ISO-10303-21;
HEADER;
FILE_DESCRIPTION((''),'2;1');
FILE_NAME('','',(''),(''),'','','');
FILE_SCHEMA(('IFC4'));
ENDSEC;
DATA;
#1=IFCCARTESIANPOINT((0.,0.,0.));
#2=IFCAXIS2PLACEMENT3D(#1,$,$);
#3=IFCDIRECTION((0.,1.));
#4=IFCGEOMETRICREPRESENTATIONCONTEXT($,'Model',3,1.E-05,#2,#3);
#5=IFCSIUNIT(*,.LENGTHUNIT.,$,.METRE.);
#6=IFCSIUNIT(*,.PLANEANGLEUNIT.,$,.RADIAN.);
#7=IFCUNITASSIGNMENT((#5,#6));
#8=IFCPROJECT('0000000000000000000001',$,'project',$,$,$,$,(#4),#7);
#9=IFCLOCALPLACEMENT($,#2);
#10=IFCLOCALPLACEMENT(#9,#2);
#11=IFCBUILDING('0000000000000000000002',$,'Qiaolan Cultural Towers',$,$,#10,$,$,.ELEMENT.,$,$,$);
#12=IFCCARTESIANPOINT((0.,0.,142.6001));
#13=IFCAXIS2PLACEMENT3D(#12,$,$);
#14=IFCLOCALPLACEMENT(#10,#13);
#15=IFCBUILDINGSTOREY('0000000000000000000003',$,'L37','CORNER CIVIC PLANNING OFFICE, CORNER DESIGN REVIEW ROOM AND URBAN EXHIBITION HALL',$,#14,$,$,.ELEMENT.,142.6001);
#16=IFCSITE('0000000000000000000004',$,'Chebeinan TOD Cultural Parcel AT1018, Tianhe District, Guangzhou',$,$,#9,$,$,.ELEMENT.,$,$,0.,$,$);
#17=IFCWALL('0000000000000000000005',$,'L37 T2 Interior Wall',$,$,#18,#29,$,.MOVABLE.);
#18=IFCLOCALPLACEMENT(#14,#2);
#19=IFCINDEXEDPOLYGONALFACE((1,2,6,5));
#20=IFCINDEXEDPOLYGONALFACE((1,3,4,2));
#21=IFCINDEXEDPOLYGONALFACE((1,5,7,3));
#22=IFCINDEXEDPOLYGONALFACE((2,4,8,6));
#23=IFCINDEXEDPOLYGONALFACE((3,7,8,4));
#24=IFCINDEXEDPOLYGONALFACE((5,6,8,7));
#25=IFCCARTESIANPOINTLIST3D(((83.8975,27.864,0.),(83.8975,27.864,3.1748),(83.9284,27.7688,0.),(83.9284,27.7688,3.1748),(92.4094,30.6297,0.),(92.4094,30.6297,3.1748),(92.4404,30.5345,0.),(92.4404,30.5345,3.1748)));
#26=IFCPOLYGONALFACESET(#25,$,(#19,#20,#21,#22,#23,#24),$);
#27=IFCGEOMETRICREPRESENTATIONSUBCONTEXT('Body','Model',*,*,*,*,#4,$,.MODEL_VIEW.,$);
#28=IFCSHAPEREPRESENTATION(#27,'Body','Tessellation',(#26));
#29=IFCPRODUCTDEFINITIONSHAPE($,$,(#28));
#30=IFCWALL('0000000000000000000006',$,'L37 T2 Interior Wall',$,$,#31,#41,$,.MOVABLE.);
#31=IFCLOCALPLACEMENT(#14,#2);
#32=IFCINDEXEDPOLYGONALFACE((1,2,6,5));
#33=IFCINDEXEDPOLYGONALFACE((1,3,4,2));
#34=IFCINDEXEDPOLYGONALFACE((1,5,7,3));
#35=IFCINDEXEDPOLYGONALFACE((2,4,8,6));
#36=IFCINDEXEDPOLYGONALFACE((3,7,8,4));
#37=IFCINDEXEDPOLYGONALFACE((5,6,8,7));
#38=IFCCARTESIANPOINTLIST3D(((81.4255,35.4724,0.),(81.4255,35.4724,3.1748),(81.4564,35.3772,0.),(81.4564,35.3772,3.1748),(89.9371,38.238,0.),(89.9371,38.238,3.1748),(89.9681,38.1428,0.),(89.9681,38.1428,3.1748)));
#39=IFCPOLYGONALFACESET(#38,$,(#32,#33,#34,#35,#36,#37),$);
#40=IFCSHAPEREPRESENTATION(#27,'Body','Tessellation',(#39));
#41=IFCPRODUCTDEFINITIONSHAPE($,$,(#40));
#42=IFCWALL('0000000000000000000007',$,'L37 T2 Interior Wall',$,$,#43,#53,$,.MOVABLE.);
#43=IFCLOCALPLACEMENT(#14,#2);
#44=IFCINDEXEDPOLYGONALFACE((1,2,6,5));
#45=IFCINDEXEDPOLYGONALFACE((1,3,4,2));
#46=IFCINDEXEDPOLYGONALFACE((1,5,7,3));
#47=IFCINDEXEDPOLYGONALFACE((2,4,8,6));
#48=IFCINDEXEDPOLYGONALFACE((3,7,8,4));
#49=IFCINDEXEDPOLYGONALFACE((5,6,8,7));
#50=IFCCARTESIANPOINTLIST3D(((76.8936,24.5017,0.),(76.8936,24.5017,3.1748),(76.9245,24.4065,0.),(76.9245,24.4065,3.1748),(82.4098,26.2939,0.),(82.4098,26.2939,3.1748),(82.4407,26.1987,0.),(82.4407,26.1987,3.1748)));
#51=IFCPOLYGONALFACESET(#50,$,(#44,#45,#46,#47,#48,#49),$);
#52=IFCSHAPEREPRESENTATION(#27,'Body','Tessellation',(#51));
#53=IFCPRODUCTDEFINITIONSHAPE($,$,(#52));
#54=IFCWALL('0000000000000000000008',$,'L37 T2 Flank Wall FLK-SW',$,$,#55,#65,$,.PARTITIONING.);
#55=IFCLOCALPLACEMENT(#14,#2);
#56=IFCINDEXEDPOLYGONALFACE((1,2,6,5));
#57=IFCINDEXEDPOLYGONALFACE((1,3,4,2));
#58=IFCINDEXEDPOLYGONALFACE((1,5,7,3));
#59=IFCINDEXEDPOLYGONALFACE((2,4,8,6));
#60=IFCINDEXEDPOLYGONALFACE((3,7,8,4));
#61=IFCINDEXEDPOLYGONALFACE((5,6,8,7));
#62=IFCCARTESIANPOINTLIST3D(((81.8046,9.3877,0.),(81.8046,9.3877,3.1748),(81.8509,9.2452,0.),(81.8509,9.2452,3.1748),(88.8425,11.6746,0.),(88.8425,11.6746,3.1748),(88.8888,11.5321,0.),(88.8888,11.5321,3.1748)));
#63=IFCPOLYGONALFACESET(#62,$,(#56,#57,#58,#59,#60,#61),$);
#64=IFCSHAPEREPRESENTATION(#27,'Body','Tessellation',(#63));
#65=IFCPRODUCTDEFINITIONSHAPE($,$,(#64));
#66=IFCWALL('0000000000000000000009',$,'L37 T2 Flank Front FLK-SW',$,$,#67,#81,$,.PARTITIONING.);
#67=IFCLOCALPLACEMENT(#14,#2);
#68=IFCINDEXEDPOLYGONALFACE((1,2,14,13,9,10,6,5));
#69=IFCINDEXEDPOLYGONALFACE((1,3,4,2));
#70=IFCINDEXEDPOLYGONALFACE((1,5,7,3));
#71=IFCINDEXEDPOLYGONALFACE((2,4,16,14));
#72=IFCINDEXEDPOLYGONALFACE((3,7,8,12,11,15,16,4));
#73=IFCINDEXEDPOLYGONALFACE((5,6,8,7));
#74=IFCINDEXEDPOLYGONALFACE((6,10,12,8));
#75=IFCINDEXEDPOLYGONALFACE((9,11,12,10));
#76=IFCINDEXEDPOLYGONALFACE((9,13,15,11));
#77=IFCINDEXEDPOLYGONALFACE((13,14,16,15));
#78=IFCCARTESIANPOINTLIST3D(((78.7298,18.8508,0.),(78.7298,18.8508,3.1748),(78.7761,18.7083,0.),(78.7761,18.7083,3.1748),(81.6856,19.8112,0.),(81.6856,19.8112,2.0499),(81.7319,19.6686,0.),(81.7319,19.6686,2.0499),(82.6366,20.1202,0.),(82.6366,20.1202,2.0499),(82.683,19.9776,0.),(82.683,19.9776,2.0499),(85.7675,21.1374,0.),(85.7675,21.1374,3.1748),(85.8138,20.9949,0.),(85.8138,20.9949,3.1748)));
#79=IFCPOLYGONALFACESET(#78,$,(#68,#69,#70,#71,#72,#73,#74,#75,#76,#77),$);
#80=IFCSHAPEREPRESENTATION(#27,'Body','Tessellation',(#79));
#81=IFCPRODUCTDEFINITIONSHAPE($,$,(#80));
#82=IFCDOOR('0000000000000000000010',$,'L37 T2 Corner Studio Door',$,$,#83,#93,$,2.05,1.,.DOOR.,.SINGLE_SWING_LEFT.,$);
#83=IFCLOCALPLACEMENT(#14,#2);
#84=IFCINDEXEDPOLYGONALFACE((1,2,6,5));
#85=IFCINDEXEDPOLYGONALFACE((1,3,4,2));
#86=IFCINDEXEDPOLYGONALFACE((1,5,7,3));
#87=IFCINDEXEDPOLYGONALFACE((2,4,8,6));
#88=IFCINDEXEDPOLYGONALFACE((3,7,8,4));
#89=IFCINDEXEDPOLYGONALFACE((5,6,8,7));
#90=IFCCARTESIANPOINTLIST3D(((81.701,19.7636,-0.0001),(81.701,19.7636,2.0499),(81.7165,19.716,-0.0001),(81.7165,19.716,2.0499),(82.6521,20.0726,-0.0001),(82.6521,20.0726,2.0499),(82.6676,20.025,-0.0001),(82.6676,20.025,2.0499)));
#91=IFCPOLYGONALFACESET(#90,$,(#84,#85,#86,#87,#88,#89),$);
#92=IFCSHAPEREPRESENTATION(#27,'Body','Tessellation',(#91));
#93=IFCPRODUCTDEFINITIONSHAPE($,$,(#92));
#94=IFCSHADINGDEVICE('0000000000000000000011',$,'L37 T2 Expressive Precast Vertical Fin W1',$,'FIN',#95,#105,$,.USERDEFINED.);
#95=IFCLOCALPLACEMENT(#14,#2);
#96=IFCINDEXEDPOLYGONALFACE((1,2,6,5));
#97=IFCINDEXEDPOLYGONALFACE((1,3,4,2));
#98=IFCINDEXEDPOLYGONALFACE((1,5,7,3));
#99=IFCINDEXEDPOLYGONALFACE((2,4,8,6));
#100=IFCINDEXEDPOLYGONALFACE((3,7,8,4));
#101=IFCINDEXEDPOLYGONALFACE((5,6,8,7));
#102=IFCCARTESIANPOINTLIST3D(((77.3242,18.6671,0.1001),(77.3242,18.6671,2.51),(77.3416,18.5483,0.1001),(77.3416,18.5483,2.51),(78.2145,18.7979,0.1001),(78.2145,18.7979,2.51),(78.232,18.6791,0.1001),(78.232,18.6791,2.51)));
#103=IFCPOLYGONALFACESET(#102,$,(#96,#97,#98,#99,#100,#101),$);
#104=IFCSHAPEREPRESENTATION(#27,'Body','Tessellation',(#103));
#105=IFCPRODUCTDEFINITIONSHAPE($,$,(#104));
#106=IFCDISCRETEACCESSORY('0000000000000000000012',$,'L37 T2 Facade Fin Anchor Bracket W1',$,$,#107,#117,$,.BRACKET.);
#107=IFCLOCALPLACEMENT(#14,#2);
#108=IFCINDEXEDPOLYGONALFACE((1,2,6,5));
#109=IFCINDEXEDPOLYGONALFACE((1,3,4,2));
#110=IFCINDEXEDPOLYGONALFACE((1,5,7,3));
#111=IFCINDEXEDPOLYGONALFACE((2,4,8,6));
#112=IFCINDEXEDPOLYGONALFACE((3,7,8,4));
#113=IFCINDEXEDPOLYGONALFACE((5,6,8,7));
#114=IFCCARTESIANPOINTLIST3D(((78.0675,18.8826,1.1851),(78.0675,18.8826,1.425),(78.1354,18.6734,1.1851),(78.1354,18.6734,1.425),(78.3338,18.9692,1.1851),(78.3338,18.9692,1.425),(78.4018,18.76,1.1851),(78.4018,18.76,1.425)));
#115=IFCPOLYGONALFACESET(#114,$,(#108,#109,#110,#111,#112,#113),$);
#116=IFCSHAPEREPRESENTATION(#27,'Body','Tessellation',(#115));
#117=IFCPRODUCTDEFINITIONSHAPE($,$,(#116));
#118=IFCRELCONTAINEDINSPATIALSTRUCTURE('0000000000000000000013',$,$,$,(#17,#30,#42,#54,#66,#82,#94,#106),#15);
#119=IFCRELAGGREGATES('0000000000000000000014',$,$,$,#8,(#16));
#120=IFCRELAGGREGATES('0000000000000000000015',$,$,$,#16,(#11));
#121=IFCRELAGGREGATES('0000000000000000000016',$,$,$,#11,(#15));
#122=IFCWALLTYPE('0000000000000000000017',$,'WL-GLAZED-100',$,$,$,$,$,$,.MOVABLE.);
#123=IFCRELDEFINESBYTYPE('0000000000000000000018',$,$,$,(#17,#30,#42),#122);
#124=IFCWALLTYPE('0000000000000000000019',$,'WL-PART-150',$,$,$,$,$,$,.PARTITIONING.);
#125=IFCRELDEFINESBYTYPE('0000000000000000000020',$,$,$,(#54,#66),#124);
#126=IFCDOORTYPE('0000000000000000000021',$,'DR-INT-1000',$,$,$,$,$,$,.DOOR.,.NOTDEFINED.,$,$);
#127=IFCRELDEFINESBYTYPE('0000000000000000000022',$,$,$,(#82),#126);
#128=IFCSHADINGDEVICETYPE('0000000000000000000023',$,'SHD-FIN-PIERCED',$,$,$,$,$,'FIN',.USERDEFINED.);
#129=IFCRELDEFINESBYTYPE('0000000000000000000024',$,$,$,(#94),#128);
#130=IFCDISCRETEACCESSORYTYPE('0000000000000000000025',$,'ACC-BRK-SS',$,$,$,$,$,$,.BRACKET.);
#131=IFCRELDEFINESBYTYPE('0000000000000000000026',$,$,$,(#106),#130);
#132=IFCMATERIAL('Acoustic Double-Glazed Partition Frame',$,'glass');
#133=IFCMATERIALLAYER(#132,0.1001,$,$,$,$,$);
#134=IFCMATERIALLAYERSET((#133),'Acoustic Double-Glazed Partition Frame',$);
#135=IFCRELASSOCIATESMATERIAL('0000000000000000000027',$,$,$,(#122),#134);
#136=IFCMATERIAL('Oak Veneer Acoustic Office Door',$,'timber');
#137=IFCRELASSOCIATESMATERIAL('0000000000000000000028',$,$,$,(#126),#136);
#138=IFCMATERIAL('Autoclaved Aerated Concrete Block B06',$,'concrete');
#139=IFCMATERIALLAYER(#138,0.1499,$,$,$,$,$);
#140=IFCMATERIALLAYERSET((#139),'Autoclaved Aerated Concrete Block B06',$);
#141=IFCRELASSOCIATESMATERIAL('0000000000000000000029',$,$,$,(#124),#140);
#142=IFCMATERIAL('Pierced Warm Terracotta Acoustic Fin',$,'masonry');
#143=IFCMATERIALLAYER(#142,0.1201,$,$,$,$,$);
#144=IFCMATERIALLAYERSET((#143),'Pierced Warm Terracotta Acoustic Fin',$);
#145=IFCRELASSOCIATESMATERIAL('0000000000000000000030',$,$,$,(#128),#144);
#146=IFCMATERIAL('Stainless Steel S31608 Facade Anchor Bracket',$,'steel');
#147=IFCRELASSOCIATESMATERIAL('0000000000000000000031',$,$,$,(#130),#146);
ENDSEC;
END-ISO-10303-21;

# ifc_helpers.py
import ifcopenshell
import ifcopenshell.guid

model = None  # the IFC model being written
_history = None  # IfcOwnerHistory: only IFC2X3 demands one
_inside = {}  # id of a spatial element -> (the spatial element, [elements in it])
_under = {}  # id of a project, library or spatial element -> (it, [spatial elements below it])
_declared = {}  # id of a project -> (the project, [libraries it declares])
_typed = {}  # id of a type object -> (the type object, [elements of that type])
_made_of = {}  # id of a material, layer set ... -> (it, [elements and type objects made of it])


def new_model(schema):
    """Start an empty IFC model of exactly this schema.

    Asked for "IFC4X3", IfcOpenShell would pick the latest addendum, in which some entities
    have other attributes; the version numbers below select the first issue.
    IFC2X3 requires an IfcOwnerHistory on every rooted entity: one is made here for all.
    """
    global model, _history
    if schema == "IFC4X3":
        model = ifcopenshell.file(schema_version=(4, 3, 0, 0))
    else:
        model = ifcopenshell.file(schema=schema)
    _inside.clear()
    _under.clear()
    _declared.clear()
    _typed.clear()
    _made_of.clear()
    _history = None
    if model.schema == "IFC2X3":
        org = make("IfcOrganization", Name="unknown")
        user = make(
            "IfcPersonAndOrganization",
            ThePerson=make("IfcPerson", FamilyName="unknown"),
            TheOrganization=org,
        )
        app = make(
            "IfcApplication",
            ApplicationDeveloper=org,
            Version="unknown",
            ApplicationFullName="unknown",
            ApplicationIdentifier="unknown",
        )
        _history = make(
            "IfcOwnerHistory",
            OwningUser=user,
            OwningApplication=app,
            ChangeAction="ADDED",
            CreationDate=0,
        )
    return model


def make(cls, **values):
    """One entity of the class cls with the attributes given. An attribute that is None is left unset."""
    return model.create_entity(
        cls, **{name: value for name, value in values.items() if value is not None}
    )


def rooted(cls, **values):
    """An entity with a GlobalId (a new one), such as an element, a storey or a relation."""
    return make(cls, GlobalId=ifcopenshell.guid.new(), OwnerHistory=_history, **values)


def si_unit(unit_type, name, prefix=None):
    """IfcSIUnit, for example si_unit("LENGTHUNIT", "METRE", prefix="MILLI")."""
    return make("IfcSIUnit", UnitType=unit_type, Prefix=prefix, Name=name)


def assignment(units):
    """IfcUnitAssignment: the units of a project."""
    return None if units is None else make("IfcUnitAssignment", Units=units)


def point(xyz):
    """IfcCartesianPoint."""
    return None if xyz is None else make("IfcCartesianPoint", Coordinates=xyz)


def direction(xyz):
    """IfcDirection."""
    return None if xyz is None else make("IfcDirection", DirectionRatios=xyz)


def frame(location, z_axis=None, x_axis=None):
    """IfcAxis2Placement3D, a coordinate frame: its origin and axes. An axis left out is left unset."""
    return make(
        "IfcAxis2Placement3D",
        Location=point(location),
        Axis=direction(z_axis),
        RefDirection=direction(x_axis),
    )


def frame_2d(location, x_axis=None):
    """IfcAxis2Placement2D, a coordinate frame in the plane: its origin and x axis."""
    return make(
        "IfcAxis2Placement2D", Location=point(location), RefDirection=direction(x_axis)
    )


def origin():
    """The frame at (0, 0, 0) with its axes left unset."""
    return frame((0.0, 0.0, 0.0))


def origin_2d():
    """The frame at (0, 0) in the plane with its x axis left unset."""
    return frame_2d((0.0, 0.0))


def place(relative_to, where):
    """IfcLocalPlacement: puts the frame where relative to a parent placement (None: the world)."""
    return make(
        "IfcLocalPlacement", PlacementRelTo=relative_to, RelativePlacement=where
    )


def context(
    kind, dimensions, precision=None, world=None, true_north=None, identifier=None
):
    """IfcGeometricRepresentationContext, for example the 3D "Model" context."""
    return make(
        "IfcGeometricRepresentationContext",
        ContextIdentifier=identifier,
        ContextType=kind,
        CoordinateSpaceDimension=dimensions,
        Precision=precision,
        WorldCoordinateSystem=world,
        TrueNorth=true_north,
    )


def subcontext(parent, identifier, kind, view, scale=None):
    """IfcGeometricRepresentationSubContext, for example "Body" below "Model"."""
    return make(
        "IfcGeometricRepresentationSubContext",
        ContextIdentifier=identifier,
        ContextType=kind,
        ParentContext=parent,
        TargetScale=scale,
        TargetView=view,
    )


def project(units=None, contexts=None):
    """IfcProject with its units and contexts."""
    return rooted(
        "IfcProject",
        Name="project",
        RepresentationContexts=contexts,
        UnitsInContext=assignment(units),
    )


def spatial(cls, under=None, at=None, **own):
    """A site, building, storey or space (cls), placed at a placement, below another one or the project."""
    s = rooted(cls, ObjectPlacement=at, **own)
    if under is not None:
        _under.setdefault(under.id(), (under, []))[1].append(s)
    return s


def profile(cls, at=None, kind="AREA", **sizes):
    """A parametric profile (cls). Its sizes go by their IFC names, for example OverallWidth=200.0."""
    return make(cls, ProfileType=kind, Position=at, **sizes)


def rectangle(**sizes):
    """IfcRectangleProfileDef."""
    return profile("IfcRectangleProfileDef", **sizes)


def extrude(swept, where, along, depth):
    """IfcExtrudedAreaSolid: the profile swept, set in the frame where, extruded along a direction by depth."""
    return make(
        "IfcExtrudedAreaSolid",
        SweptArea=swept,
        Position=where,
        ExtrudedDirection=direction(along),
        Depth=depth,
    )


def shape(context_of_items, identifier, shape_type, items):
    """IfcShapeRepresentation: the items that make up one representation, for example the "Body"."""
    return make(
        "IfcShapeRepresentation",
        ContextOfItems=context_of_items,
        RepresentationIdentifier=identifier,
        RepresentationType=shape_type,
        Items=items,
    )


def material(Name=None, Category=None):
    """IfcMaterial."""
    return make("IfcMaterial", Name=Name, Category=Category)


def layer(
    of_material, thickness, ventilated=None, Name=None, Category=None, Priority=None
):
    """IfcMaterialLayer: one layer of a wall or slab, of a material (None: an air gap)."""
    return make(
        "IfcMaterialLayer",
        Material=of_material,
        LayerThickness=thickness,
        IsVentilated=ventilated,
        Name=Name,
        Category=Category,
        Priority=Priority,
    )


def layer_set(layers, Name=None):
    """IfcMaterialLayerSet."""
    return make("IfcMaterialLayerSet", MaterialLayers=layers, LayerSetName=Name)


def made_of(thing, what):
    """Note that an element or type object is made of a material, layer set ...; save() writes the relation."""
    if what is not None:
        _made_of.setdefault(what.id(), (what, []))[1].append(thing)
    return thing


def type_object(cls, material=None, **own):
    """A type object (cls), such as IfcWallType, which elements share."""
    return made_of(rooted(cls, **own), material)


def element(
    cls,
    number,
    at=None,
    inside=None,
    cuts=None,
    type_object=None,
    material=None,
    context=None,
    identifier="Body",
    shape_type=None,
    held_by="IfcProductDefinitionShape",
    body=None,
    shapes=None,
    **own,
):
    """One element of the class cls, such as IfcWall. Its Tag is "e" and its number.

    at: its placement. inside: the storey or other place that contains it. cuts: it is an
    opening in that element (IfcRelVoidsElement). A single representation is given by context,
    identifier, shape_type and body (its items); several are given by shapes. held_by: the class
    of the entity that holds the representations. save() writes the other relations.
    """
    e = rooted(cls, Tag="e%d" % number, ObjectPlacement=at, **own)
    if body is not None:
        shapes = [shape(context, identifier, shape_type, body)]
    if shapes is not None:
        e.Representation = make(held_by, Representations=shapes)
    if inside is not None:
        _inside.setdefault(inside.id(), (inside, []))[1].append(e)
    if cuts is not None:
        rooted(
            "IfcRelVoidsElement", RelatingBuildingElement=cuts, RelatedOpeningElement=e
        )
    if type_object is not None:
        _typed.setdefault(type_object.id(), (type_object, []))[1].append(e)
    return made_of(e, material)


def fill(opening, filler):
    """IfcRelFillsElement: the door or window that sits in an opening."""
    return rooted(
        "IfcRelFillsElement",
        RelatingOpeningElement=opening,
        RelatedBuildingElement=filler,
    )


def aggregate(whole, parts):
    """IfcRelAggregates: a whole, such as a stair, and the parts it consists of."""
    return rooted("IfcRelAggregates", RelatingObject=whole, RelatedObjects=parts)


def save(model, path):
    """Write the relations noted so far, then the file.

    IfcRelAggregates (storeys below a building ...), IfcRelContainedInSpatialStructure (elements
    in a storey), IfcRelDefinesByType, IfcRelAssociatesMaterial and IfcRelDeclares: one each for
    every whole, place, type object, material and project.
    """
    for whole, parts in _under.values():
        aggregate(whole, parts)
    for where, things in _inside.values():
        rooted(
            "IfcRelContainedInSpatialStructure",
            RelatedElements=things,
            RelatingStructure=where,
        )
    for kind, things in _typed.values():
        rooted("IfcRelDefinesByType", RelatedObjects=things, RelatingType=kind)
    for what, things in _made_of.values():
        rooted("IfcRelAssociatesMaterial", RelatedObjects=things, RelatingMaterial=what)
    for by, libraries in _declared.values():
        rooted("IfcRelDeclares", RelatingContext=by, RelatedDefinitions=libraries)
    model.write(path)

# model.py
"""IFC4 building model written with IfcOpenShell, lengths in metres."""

from ifc_helpers import new_model, si_unit, direction, frame, frame_2d, origin, origin_2d, place, context, subcontext, project, spatial, rectangle, extrude, material, layer, layer_set, type_object, element, fill, save


model = new_model("IFC4")

# Units and contexts
model_context = context("Model", 3, precision=1e-05, world=origin(), true_north=direction((0.0, 1.0)))
body_context = subcontext(model_context, "Body", "Model", "MODEL_VIEW")
ifc_project = project(units=[si_unit("LENGTHUNIT", "METRE"), si_unit("PLANEANGLEUNIT", "RADIAN")], contexts=[model_context])

# Site, building, storey
site_placement = place(None, origin())
site = spatial("IfcSite", under=ifc_project, at=site_placement, Name="Chebeinan TOD Cultural Parcel AT1018, Tianhe District, Guangzhou", CompositionType="ELEMENT", RefElevation=0.0)
building_placement = place(site_placement, origin())
building = spatial("IfcBuilding", under=site, at=building_placement, Name="Qiaolan Cultural Towers", CompositionType="ELEMENT")
storey_placement = place(building_placement, frame((0.0, 0.0, 142.6001)))
storey = spatial("IfcBuildingStorey", under=building, at=storey_placement, Name="L37", Description="CORNER CIVIC PLANNING OFFICE, CORNER DESIGN REVIEW ROOM AND URBAN EXHIBITION HALL", CompositionType="ELEMENT", Elevation=142.6001)

# Shared definitions
ifc_material_1 = material(Name="Acoustic Double-Glazed Partition Frame", Category="glass")
ifc_layer_1 = layer(ifc_material_1, 0.1001)
ifc_layer_set_1 = layer_set([ifc_layer_1], Name="Acoustic Double-Glazed Partition Frame")
wall_type_1 = type_object("IfcWallType", Name="WL-GLAZED-100", PredefinedType="MOVABLE", material=ifc_layer_set_1)

# Shared definitions
ifc_material_2 = material(Name="Oak Veneer Acoustic Office Door", Category="timber")
door_type_1 = type_object("IfcDoorType", Name="DR-INT-1000", OperationType="NOTDEFINED", PredefinedType="DOOR", material=ifc_material_2)

# Walls
wall_1_placement = place(storey_placement, frame((83.9128, 27.8164, 0.0), z_axis=(0.0, 0.0, 1.0), x_axis=(0.951059, 0.309009, 0.0)))
element("IfcWall", 1, at=wall_1_placement, inside=storey, type_object=wall_type_1, Name="L37 T2 Interior Wall", PredefinedType="MOVABLE", context=body_context, shape_type="SweptSolid", body=[
    extrude(rectangle(XDim=8.95, YDim=0.1001, at=frame_2d((4.4751, 0.0))), origin(), (0.0, 0.0, 1.0), 3.1748),
])
wall_2_placement = place(storey_placement, frame((81.4409, 35.4248, 0.0), z_axis=(0.0, 0.0, 1.0), x_axis=(0.951057, 0.309017, 0.0)))
element("IfcWall", 2, at=wall_2_placement, inside=storey, type_object=wall_type_1, Name="L37 T2 Interior Wall", PredefinedType="MOVABLE", context=body_context, shape_type="SweptSolid", body=[
    extrude(rectangle(XDim=8.9497, YDim=0.1001, at=frame_2d((4.4749, 0.0))), origin(), (0.0, 0.0, 1.0), 3.1748),
])
wall_3_placement = place(storey_placement, frame((76.9092, 24.4541, 0.0), z_axis=(0.0, 0.0, 1.0), x_axis=(0.951059, 0.309008, 0.0)))
element("IfcWall", 3, at=wall_3_placement, inside=storey, type_object=wall_type_1, Name="L37 T2 Interior Wall", PredefinedType="MOVABLE", context=body_context, shape_type="SweptSolid", body=[
    extrude(rectangle(XDim=5.8, YDim=0.1001, at=frame_2d((2.8999, 0.0))), origin(), (0.0, 0.0, 1.0), 3.1748),
])
ifc_material_3 = material(Name="Autoclaved Aerated Concrete Block B06", Category="concrete")
ifc_layer_2 = layer(ifc_material_3, 0.1499)
ifc_layer_set_2 = layer_set([ifc_layer_2], Name="Autoclaved Aerated Concrete Block B06")
wall_type_2 = type_object("IfcWallType", Name="WL-PART-150", PredefinedType="PARTITIONING", material=ifc_layer_set_2)
wall_4_placement = place(storey_placement, frame((81.8276, 9.3164, 0.0), z_axis=(0.0, 0.0, 1.0), x_axis=(0.951051, 0.309033, 0.0)))
element("IfcWall", 4, at=wall_4_placement, inside=storey, type_object=wall_type_2, Name="L37 T2 Flank Wall FLK-SW", PredefinedType="PARTITIONING", context=body_context, shape_type="SweptSolid", body=[
    extrude(rectangle(XDim=7.4001, YDim=0.1499, at=frame_2d((3.7002, 0.0))), origin(), (0.0, 0.0, 1.0), 3.1748),
])

# Wall, opening, door
wall_5_placement = place(storey_placement, frame((78.7529, 18.7795, 0.0), z_axis=(0.0, 0.0, 1.0), x_axis=(0.951061, 0.309003, 0.0)))
wall_5 = element("IfcWall", 5, at=wall_5_placement, inside=storey, type_object=wall_type_2, Name="L37 T2 Flank Front FLK-SW", PredefinedType="PARTITIONING", context=body_context, shape_type="SweptSolid", body=[
    extrude(rectangle(XDim=7.3999, YDim=0.1499, at=frame_2d((3.7, 0.0))), origin(), (0.0, 0.0, 1.0), 3.1748),
])
opening_1_placement = place(wall_5_placement, frame((3.1079, 0.0, 0.0)))
opening_1 = element("IfcOpeningElement", 6, at=opening_1_placement, cuts=wall_5, PredefinedType="OPENING", context=body_context, shape_type="SweptSolid", body=[
    extrude(rectangle(XDim=1.0, YDim=2.05, at=frame_2d((0.5, 1.0249))), frame((0.0, 0.085, 0.0), z_axis=(0.0, -1.0, 0.0), x_axis=(1.0, 0.0, 0.0)), (0.0, 0.0, 1.0), 0.1699),
])
door_1_placement = place(opening_1_placement, origin())
door_1 = element("IfcDoor", 7, at=door_1_placement, inside=storey, type_object=door_type_1, Name="L37 T2 Corner Studio Door", OperationType="SINGLE_SWING_LEFT", OverallHeight=2.05, OverallWidth=1.0, PredefinedType="DOOR", context=body_context, shape_type="SweptSolid", body=[
    extrude(rectangle(XDim=1.0, YDim=2.05, at=frame_2d((0.5, 1.0249))), frame((0.0, 0.0249, 0.0), z_axis=(0.0, -1.0, 0.0), x_axis=(1.0, 0.0, 0.0)), (0.0, 0.0, 1.0), 0.05),
])
fill(opening_1, door_1)

# Shading device
ifc_material_4 = material(Name="Pierced Warm Terracotta Acoustic Fin", Category="masonry")
ifc_layer_3 = layer(ifc_material_4, 0.1201)
ifc_layer_set_3 = layer_set([ifc_layer_3], Name="Pierced Warm Terracotta Acoustic Fin")
shading_device_type = type_object("IfcShadingDeviceType", Name="SHD-FIN-PIERCED", ElementType="FIN", PredefinedType="USERDEFINED", material=ifc_layer_set_3)
shading_device_placement = place(storey_placement, frame((77.7781, 18.6731, 0.1001), z_axis=(0.0, 0.0, 1.0), x_axis=(0.989379, 0.145361, 0.0)))
element("IfcShadingDevice", 8, at=shading_device_placement, inside=storey, type_object=shading_device_type, Name="L37 T2 Expressive Precast Vertical Fin W1", ObjectType="FIN", PredefinedType="USERDEFINED", context=body_context, shape_type="SweptSolid", body=[
    extrude(rectangle(XDim=0.8999, YDim=0.1201, at=origin_2d()), origin(), (0.0, 0.0, 1.0), 2.4099),
])

# Discrete accessory
ifc_material_5 = material(Name="Stainless Steel S31608 Facade Anchor Bracket", Category="steel")
discrete_accessory_type = type_object("IfcDiscreteAccessoryType", Name="ACC-BRK-SS", PredefinedType="BRACKET", material=ifc_material_5)
discrete_accessory_placement = place(storey_placement, frame((78.2346, 18.8213, 1.1851), z_axis=(0.0, 0.0, 1.0), x_axis=(0.951057, 0.309017, 0.0)))
element("IfcDiscreteAccessory", 9, at=discrete_accessory_placement, inside=storey, type_object=discrete_accessory_type, Name="L37 T2 Facade Fin Anchor Bracket W1", PredefinedType="BRACKET", context=body_context, shape_type="SweptSolid", body=[
    extrude(rectangle(XDim=0.28, YDim=0.22, at=origin_2d()), origin(), (0.0, 0.0, 1.0), 0.24),
])

save(model, "model.ifc")
